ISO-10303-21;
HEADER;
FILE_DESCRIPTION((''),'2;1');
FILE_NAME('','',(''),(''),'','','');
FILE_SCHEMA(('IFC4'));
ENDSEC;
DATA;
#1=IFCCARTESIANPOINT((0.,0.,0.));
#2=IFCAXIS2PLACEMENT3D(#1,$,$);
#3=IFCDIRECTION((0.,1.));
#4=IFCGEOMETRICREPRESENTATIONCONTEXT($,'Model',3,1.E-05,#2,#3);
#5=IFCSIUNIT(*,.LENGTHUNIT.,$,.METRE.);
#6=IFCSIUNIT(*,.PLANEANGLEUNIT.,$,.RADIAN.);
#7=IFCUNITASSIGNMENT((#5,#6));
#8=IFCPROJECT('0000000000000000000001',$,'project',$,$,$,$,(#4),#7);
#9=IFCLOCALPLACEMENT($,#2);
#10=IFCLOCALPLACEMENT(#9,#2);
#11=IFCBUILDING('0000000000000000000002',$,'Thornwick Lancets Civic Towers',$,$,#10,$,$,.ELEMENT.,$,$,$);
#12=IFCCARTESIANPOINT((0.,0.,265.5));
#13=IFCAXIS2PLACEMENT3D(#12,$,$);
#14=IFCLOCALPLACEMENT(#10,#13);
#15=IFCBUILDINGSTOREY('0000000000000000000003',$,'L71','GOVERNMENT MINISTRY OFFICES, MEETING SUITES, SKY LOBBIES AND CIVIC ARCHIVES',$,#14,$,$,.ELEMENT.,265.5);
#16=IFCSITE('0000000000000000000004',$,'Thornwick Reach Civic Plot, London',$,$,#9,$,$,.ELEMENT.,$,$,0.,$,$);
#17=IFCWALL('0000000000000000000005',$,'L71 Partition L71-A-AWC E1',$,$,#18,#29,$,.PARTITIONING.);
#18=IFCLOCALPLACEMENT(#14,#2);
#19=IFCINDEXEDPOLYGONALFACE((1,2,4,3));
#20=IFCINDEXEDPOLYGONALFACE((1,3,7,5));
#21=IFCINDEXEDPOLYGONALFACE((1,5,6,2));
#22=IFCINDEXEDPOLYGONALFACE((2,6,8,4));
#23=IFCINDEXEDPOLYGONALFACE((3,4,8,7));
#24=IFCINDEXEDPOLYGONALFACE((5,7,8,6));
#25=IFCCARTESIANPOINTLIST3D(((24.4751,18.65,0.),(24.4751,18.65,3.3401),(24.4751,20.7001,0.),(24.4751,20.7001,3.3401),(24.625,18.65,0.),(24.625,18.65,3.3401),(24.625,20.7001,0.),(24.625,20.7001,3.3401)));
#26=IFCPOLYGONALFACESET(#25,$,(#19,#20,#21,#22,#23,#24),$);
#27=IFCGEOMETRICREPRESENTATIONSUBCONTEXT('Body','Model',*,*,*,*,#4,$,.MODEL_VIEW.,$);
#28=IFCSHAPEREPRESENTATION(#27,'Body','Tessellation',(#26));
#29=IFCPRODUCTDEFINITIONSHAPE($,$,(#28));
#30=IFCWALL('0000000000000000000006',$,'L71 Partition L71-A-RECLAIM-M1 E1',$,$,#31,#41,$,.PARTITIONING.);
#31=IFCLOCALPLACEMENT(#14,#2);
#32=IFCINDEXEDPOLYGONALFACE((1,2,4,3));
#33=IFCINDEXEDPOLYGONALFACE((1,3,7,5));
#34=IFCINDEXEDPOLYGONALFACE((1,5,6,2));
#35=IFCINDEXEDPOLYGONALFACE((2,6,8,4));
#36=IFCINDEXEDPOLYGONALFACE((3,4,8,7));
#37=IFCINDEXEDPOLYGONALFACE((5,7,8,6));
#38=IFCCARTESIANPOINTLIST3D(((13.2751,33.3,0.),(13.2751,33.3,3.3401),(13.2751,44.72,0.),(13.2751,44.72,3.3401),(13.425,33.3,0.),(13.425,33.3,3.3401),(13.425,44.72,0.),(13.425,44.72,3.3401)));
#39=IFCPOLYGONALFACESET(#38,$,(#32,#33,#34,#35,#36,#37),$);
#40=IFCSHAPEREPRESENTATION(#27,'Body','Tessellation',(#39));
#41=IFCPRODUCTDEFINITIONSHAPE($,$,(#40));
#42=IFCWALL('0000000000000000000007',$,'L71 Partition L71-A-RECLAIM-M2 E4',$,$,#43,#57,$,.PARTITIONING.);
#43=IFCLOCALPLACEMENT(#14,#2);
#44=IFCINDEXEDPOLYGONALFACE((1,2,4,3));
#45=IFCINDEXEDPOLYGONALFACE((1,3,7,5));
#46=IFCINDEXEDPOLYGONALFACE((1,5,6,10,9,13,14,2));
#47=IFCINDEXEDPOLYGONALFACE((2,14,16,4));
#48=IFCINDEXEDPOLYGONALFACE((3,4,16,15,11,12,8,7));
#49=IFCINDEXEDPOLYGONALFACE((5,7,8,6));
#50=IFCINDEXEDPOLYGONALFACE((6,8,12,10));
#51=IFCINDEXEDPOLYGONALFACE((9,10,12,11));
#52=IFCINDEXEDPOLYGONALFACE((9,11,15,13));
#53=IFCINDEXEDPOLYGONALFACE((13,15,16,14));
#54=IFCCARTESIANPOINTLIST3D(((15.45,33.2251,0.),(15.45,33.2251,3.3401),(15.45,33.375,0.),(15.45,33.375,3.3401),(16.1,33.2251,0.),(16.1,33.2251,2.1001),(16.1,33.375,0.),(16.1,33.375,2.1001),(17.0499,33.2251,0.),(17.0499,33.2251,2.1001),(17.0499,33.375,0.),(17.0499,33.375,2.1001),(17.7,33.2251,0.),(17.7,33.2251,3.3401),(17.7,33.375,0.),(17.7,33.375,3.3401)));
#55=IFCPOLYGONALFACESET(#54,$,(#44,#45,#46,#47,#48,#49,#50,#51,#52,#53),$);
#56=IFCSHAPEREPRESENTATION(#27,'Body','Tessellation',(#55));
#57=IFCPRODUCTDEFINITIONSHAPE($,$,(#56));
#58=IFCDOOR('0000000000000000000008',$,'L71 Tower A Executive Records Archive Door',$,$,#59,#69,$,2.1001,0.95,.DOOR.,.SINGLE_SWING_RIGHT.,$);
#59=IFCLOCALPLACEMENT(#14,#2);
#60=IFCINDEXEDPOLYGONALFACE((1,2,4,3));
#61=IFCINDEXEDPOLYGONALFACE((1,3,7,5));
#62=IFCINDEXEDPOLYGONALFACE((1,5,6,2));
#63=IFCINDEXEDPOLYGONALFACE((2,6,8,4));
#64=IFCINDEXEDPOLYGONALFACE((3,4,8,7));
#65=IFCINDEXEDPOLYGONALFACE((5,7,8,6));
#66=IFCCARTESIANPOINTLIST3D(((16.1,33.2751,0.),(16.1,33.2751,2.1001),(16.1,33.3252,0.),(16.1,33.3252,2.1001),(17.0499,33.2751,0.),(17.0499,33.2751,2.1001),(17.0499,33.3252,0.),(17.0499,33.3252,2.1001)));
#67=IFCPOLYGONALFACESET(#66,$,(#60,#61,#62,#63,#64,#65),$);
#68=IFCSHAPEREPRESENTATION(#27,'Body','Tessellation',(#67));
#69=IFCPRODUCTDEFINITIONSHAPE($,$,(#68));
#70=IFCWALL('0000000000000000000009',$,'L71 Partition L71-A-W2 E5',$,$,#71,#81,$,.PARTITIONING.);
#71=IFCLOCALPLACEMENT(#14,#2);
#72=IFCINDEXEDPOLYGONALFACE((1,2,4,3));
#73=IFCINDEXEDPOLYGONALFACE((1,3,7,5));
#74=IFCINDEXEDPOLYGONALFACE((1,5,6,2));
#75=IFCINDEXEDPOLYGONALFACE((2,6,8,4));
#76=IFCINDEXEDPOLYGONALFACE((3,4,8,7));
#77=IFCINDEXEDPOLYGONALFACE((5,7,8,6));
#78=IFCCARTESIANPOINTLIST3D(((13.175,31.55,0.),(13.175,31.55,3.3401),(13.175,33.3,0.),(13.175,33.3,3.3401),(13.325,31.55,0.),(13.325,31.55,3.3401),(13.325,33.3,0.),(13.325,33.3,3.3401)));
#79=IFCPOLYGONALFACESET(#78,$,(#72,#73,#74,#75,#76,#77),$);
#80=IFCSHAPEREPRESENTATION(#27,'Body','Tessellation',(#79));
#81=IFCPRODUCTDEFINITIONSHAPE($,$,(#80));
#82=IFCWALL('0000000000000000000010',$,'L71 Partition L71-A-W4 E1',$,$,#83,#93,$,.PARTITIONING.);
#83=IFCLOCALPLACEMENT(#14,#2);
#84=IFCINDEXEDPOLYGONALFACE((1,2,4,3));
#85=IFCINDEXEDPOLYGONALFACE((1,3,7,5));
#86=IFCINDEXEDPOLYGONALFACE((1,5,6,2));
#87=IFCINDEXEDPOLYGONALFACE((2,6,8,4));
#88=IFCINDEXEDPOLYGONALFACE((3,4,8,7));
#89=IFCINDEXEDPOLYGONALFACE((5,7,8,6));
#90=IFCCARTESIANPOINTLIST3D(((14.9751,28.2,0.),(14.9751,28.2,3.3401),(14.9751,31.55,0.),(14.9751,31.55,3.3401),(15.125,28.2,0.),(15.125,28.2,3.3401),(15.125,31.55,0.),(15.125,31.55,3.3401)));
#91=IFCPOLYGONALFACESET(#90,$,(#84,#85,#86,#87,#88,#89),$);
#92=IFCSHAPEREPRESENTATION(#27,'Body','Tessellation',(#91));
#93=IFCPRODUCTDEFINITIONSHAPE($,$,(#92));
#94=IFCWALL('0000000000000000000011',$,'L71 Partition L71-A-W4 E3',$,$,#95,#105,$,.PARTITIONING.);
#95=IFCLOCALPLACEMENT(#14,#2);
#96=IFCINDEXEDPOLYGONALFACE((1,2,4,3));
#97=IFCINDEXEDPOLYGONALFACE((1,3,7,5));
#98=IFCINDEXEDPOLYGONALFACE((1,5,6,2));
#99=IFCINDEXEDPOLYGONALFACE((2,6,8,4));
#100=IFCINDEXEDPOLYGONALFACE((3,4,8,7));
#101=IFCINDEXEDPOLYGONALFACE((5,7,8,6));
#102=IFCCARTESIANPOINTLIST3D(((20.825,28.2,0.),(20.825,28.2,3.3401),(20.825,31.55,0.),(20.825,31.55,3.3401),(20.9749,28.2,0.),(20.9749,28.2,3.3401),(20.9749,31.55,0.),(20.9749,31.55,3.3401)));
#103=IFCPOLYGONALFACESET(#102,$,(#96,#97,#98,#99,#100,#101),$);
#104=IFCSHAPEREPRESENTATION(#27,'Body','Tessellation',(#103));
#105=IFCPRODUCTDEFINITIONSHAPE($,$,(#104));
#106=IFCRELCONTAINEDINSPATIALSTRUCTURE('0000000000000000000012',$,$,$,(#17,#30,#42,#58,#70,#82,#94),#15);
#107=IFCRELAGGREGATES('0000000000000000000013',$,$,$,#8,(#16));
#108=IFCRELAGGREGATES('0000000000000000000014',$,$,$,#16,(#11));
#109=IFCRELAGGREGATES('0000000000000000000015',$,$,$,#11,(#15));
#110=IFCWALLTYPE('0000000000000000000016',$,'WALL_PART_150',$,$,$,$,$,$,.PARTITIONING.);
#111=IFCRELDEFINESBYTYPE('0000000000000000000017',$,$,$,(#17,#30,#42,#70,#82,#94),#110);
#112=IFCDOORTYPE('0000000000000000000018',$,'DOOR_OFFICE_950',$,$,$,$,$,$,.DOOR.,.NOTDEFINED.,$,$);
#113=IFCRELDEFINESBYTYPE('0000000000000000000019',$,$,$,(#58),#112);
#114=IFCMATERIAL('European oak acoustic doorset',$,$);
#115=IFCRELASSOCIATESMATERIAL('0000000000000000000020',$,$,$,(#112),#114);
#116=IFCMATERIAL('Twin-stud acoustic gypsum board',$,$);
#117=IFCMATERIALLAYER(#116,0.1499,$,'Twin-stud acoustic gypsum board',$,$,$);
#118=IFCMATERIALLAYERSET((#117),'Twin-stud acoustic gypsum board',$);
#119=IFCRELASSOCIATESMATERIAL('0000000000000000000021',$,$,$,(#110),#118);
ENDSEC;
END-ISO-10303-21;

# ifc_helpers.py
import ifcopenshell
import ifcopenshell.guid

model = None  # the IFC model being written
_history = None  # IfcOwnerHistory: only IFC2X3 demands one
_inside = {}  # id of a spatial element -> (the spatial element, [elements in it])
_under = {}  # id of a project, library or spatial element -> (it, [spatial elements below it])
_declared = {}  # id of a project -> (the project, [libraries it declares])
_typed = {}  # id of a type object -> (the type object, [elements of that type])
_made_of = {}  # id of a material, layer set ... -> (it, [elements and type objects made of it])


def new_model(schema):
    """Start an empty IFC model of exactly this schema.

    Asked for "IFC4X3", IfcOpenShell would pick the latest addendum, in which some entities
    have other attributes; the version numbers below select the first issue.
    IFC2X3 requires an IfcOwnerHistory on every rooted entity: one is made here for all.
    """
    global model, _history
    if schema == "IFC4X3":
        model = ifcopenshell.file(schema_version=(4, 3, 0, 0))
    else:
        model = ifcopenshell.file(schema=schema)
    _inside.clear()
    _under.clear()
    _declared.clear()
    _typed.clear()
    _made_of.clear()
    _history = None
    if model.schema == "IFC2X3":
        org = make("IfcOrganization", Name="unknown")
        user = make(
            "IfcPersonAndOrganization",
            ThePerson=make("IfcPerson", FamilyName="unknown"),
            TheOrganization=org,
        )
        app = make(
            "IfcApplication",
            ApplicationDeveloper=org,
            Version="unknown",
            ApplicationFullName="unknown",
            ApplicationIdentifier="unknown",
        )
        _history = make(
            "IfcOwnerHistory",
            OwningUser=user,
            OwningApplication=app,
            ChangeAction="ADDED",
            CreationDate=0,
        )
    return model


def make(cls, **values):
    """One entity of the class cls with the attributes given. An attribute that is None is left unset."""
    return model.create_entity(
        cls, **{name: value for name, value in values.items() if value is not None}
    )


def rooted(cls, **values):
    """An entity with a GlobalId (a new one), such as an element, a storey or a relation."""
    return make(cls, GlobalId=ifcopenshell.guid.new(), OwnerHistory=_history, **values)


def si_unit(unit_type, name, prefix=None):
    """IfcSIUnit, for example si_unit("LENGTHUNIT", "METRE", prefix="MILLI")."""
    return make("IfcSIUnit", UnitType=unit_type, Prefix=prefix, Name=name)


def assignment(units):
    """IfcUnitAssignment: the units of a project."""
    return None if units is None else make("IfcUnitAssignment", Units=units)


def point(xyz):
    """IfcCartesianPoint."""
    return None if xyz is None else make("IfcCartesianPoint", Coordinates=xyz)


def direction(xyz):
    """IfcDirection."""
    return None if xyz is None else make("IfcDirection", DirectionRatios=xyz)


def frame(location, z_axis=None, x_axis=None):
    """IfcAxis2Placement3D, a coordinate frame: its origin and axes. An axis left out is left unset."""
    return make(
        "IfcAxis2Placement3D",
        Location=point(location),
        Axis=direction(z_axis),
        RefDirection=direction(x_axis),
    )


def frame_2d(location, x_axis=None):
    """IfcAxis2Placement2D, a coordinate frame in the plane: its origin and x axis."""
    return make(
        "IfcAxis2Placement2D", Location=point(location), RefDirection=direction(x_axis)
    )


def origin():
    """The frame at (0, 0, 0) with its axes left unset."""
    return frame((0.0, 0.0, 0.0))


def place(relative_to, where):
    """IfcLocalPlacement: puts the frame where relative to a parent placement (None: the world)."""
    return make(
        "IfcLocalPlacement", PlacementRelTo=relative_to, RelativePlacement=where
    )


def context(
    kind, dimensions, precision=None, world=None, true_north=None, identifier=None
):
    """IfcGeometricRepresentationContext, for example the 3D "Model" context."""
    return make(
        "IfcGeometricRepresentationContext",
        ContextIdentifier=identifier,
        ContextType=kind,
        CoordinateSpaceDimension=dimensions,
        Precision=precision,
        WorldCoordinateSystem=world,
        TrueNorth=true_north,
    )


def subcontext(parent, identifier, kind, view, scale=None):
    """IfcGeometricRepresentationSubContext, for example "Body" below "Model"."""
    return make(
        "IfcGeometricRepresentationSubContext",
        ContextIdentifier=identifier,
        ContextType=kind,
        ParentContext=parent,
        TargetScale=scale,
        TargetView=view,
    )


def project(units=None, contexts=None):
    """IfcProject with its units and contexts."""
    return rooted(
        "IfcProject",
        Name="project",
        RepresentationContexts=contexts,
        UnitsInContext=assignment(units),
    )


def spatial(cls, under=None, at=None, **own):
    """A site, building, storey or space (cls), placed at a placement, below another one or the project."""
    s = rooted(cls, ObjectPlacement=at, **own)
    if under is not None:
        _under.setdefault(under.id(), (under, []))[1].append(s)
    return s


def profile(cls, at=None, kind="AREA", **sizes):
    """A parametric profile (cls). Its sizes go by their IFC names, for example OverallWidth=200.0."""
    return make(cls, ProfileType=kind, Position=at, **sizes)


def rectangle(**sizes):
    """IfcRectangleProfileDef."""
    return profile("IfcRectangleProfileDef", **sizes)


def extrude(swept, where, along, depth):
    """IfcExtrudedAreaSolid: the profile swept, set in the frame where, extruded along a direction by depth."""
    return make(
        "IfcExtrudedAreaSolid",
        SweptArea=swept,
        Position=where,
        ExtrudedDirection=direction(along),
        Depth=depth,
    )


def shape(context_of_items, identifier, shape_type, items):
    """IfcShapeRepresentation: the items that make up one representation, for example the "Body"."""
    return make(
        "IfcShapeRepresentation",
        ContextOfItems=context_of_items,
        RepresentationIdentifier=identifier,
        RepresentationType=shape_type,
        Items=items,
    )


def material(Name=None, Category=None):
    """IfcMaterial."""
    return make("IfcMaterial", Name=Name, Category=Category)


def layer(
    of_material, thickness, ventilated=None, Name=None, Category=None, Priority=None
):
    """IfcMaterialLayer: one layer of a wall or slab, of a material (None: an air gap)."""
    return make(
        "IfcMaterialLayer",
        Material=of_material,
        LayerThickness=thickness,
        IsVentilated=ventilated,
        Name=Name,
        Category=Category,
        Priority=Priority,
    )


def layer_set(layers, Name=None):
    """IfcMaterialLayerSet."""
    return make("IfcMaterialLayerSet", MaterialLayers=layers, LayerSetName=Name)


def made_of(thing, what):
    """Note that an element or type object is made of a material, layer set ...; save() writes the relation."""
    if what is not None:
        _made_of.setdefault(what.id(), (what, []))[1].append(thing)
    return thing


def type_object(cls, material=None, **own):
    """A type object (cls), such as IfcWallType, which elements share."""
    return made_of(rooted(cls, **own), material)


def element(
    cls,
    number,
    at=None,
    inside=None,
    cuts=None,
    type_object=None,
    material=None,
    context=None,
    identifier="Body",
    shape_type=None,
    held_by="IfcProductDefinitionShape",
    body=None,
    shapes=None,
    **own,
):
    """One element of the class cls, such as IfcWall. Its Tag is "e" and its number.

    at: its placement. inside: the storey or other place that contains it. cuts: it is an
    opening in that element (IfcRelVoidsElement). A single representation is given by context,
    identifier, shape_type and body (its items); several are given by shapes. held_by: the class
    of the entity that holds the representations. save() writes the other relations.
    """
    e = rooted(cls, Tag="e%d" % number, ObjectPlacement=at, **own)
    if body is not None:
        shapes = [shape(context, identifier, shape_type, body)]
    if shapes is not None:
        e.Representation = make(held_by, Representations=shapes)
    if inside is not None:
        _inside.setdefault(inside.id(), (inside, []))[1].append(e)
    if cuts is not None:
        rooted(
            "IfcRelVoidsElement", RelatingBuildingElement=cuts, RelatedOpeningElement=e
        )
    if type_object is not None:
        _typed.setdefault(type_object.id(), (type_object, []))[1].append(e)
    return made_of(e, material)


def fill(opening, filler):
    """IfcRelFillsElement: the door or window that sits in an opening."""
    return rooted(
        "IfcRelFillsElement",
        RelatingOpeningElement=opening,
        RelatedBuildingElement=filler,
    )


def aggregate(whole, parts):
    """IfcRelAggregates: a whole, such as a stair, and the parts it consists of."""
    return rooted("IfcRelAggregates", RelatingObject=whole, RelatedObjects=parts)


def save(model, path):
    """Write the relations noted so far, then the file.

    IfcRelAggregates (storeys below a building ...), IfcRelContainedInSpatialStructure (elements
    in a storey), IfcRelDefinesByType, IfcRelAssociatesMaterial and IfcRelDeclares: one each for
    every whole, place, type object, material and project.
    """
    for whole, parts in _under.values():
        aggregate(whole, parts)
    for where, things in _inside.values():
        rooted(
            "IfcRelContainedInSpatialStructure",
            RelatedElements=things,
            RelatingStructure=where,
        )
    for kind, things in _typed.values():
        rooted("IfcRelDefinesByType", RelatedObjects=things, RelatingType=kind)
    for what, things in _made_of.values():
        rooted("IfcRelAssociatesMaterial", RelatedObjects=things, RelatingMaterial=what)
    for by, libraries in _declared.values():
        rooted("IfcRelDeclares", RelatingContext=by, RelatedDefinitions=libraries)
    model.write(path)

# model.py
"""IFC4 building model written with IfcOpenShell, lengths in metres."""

from ifc_helpers import new_model, si_unit, direction, frame, frame_2d, origin, place, context, subcontext, project, spatial, rectangle, extrude, material, layer, layer_set, type_object, element, fill, save


model = new_model("IFC4")

# Units and contexts
model_context = context("Model", 3, precision=1e-05, world=origin(), true_north=direction((0.0, 1.0)))
body_context = subcontext(model_context, "Body", "Model", "MODEL_VIEW")
ifc_project = project(units=[si_unit("LENGTHUNIT", "METRE"), si_unit("PLANEANGLEUNIT", "RADIAN")], contexts=[model_context])

# Site, building, storey
site_placement = place(None, origin())
site = spatial("IfcSite", under=ifc_project, at=site_placement, Name="Thornwick Reach Civic Plot, London", CompositionType="ELEMENT", RefElevation=0.0)
building_placement = place(site_placement, origin())
building = spatial("IfcBuilding", under=site, at=building_placement, Name="Thornwick Lancets Civic Towers", CompositionType="ELEMENT")
storey_placement = place(building_placement, frame((0.0, 0.0, 265.5)))
storey = spatial("IfcBuildingStorey", under=building, at=storey_placement, Name="L71", Description="GOVERNMENT MINISTRY OFFICES, MEETING SUITES, SKY LOBBIES AND CIVIC ARCHIVES", CompositionType="ELEMENT", Elevation=265.5)

# Shared definitions
ifc_material_1 = material(Name="European oak acoustic doorset")
door_type_1 = type_object("IfcDoorType", Name="DOOR_OFFICE_950", OperationType="NOTDEFINED", PredefinedType="DOOR", material=ifc_material_1)

# Walls
ifc_material_2 = material(Name="Twin-stud acoustic gypsum board")
ifc_layer_1 = layer(ifc_material_2, 0.1499, Name="Twin-stud acoustic gypsum board")
ifc_layer_set_1 = layer_set([ifc_layer_1], Name="Twin-stud acoustic gypsum board")
wall_type_1 = type_object("IfcWallType", Name="WALL_PART_150", PredefinedType="PARTITIONING", material=ifc_layer_set_1)
wall_1_placement = place(storey_placement, frame((24.55, 20.7, 0.0), z_axis=(0.0, 0.0, 1.0), x_axis=(0.0, -1.0, 0.0)))
element("IfcWall", 1, at=wall_1_placement, inside=storey, type_object=wall_type_1, Name="L71 Partition L71-A-AWC E1", PredefinedType="PARTITIONING", context=body_context, shape_type="SweptSolid", body=[
    extrude(rectangle(XDim=2.05, YDim=0.1499, at=frame_2d((1.0249, 0.0))), origin(), (0.0, 0.0, 1.0), 3.3401),
])
wall_2_placement = place(storey_placement, frame((13.3501, 33.3, 0.0), z_axis=(0.0, 0.0, 1.0), x_axis=(0.0, 1.0, 0.0)))
element("IfcWall", 2, at=wall_2_placement, inside=storey, type_object=wall_type_1, Name="L71 Partition L71-A-RECLAIM-M1 E1", PredefinedType="PARTITIONING", context=body_context, shape_type="SweptSolid", body=[
    extrude(rectangle(XDim=11.4199, YDim=0.1499, at=frame_2d((5.71, 0.0))), origin(), (0.0, 0.0, 1.0), 3.3401),
])

# Wall, opening, door
wall_3_placement = place(storey_placement, frame((17.7, 33.3, 0.0), z_axis=(0.0, 0.0, 1.0), x_axis=(-1.0, 0.0, 0.0)))
wall_3 = element("IfcWall", 3, at=wall_3_placement, inside=storey, type_object=wall_type_1, Name="L71 Partition L71-A-RECLAIM-M2 E4", PredefinedType="PARTITIONING", context=body_context, shape_type="SweptSolid", body=[
    extrude(rectangle(XDim=2.25, YDim=0.1499, at=frame_2d((1.125, 0.0))), origin(), (0.0, 0.0, 1.0), 3.3401),
])
opening_1_placement = place(wall_3_placement, frame((0.6499, 0.0, 0.0)))
opening_1 = element("IfcOpeningElement", 4, at=opening_1_placement, cuts=wall_3, PredefinedType="OPENING", context=body_context, shape_type="SweptSolid", body=[
    extrude(rectangle(XDim=0.95, YDim=2.1001, at=frame_2d((0.4751, 1.05))), frame((0.0, 0.085, 0.0), z_axis=(0.0, -1.0, 0.0), x_axis=(1.0, 0.0, 0.0)), (0.0, 0.0, 1.0), 0.1699),
])
door_1_placement = place(opening_1_placement, origin())
door_1 = element("IfcDoor", 5, at=door_1_placement, inside=storey, type_object=door_type_1, Name="L71 Tower A Executive Records Archive Door", OperationType="SINGLE_SWING_RIGHT", OverallHeight=2.1001, OverallWidth=0.95, PredefinedType="DOOR", context=body_context, shape_type="SweptSolid", body=[
    extrude(rectangle(XDim=0.95, YDim=2.1001, at=frame_2d((0.4751, 1.05))), frame((0.0, 0.0249, 0.0), z_axis=(0.0, -1.0, 0.0), x_axis=(1.0, 0.0, 0.0)), (0.0, 0.0, 1.0), 0.05),
])
fill(opening_1, door_1)

# Wall
wall_4_placement = place(storey_placement, frame((13.25, 33.3, 0.0), z_axis=(0.0, 0.0, 1.0), x_axis=(0.0, -1.0, 0.0)))
element("IfcWall", 6, at=wall_4_placement, inside=storey, type_object=wall_type_1, Name="L71 Partition L71-A-W2 E5", PredefinedType="PARTITIONING", context=body_context, shape_type="SweptSolid", body=[
    extrude(rectangle(XDim=1.75, YDim=0.1499, at=frame_2d((0.875, 0.0))), origin(), (0.0, 0.0, 1.0), 3.3401),
])

# Wall
wall_5_placement = place(storey_placement, frame((15.05, 28.2, 0.0), z_axis=(0.0, 0.0, 1.0), x_axis=(0.0, 1.0, 0.0)))
element("IfcWall", 7, at=wall_5_placement, inside=storey, type_object=wall_type_1, Name="L71 Partition L71-A-W4 E1", PredefinedType="PARTITIONING", context=body_context, shape_type="SweptSolid", body=[
    extrude(rectangle(XDim=3.3501, YDim=0.1499, at=frame_2d((1.675, 0.0))), origin(), (0.0, 0.0, 1.0), 3.3401),
])

# Wall
wall_6_placement = place(storey_placement, frame((20.8999, 31.55, 0.0), z_axis=(0.0, 0.0, 1.0), x_axis=(0.0, -1.0, 0.0)))
element("IfcWall", 8, at=wall_6_placement, inside=storey, type_object=wall_type_1, Name="L71 Partition L71-A-W4 E3", PredefinedType="PARTITIONING", context=body_context, shape_type="SweptSolid", body=[
    extrude(rectangle(XDim=3.3501, YDim=0.1499, at=frame_2d((1.675, 0.0))), origin(), (0.0, 0.0, 1.0), 3.3401),
])

save(model, "model.ifc")
